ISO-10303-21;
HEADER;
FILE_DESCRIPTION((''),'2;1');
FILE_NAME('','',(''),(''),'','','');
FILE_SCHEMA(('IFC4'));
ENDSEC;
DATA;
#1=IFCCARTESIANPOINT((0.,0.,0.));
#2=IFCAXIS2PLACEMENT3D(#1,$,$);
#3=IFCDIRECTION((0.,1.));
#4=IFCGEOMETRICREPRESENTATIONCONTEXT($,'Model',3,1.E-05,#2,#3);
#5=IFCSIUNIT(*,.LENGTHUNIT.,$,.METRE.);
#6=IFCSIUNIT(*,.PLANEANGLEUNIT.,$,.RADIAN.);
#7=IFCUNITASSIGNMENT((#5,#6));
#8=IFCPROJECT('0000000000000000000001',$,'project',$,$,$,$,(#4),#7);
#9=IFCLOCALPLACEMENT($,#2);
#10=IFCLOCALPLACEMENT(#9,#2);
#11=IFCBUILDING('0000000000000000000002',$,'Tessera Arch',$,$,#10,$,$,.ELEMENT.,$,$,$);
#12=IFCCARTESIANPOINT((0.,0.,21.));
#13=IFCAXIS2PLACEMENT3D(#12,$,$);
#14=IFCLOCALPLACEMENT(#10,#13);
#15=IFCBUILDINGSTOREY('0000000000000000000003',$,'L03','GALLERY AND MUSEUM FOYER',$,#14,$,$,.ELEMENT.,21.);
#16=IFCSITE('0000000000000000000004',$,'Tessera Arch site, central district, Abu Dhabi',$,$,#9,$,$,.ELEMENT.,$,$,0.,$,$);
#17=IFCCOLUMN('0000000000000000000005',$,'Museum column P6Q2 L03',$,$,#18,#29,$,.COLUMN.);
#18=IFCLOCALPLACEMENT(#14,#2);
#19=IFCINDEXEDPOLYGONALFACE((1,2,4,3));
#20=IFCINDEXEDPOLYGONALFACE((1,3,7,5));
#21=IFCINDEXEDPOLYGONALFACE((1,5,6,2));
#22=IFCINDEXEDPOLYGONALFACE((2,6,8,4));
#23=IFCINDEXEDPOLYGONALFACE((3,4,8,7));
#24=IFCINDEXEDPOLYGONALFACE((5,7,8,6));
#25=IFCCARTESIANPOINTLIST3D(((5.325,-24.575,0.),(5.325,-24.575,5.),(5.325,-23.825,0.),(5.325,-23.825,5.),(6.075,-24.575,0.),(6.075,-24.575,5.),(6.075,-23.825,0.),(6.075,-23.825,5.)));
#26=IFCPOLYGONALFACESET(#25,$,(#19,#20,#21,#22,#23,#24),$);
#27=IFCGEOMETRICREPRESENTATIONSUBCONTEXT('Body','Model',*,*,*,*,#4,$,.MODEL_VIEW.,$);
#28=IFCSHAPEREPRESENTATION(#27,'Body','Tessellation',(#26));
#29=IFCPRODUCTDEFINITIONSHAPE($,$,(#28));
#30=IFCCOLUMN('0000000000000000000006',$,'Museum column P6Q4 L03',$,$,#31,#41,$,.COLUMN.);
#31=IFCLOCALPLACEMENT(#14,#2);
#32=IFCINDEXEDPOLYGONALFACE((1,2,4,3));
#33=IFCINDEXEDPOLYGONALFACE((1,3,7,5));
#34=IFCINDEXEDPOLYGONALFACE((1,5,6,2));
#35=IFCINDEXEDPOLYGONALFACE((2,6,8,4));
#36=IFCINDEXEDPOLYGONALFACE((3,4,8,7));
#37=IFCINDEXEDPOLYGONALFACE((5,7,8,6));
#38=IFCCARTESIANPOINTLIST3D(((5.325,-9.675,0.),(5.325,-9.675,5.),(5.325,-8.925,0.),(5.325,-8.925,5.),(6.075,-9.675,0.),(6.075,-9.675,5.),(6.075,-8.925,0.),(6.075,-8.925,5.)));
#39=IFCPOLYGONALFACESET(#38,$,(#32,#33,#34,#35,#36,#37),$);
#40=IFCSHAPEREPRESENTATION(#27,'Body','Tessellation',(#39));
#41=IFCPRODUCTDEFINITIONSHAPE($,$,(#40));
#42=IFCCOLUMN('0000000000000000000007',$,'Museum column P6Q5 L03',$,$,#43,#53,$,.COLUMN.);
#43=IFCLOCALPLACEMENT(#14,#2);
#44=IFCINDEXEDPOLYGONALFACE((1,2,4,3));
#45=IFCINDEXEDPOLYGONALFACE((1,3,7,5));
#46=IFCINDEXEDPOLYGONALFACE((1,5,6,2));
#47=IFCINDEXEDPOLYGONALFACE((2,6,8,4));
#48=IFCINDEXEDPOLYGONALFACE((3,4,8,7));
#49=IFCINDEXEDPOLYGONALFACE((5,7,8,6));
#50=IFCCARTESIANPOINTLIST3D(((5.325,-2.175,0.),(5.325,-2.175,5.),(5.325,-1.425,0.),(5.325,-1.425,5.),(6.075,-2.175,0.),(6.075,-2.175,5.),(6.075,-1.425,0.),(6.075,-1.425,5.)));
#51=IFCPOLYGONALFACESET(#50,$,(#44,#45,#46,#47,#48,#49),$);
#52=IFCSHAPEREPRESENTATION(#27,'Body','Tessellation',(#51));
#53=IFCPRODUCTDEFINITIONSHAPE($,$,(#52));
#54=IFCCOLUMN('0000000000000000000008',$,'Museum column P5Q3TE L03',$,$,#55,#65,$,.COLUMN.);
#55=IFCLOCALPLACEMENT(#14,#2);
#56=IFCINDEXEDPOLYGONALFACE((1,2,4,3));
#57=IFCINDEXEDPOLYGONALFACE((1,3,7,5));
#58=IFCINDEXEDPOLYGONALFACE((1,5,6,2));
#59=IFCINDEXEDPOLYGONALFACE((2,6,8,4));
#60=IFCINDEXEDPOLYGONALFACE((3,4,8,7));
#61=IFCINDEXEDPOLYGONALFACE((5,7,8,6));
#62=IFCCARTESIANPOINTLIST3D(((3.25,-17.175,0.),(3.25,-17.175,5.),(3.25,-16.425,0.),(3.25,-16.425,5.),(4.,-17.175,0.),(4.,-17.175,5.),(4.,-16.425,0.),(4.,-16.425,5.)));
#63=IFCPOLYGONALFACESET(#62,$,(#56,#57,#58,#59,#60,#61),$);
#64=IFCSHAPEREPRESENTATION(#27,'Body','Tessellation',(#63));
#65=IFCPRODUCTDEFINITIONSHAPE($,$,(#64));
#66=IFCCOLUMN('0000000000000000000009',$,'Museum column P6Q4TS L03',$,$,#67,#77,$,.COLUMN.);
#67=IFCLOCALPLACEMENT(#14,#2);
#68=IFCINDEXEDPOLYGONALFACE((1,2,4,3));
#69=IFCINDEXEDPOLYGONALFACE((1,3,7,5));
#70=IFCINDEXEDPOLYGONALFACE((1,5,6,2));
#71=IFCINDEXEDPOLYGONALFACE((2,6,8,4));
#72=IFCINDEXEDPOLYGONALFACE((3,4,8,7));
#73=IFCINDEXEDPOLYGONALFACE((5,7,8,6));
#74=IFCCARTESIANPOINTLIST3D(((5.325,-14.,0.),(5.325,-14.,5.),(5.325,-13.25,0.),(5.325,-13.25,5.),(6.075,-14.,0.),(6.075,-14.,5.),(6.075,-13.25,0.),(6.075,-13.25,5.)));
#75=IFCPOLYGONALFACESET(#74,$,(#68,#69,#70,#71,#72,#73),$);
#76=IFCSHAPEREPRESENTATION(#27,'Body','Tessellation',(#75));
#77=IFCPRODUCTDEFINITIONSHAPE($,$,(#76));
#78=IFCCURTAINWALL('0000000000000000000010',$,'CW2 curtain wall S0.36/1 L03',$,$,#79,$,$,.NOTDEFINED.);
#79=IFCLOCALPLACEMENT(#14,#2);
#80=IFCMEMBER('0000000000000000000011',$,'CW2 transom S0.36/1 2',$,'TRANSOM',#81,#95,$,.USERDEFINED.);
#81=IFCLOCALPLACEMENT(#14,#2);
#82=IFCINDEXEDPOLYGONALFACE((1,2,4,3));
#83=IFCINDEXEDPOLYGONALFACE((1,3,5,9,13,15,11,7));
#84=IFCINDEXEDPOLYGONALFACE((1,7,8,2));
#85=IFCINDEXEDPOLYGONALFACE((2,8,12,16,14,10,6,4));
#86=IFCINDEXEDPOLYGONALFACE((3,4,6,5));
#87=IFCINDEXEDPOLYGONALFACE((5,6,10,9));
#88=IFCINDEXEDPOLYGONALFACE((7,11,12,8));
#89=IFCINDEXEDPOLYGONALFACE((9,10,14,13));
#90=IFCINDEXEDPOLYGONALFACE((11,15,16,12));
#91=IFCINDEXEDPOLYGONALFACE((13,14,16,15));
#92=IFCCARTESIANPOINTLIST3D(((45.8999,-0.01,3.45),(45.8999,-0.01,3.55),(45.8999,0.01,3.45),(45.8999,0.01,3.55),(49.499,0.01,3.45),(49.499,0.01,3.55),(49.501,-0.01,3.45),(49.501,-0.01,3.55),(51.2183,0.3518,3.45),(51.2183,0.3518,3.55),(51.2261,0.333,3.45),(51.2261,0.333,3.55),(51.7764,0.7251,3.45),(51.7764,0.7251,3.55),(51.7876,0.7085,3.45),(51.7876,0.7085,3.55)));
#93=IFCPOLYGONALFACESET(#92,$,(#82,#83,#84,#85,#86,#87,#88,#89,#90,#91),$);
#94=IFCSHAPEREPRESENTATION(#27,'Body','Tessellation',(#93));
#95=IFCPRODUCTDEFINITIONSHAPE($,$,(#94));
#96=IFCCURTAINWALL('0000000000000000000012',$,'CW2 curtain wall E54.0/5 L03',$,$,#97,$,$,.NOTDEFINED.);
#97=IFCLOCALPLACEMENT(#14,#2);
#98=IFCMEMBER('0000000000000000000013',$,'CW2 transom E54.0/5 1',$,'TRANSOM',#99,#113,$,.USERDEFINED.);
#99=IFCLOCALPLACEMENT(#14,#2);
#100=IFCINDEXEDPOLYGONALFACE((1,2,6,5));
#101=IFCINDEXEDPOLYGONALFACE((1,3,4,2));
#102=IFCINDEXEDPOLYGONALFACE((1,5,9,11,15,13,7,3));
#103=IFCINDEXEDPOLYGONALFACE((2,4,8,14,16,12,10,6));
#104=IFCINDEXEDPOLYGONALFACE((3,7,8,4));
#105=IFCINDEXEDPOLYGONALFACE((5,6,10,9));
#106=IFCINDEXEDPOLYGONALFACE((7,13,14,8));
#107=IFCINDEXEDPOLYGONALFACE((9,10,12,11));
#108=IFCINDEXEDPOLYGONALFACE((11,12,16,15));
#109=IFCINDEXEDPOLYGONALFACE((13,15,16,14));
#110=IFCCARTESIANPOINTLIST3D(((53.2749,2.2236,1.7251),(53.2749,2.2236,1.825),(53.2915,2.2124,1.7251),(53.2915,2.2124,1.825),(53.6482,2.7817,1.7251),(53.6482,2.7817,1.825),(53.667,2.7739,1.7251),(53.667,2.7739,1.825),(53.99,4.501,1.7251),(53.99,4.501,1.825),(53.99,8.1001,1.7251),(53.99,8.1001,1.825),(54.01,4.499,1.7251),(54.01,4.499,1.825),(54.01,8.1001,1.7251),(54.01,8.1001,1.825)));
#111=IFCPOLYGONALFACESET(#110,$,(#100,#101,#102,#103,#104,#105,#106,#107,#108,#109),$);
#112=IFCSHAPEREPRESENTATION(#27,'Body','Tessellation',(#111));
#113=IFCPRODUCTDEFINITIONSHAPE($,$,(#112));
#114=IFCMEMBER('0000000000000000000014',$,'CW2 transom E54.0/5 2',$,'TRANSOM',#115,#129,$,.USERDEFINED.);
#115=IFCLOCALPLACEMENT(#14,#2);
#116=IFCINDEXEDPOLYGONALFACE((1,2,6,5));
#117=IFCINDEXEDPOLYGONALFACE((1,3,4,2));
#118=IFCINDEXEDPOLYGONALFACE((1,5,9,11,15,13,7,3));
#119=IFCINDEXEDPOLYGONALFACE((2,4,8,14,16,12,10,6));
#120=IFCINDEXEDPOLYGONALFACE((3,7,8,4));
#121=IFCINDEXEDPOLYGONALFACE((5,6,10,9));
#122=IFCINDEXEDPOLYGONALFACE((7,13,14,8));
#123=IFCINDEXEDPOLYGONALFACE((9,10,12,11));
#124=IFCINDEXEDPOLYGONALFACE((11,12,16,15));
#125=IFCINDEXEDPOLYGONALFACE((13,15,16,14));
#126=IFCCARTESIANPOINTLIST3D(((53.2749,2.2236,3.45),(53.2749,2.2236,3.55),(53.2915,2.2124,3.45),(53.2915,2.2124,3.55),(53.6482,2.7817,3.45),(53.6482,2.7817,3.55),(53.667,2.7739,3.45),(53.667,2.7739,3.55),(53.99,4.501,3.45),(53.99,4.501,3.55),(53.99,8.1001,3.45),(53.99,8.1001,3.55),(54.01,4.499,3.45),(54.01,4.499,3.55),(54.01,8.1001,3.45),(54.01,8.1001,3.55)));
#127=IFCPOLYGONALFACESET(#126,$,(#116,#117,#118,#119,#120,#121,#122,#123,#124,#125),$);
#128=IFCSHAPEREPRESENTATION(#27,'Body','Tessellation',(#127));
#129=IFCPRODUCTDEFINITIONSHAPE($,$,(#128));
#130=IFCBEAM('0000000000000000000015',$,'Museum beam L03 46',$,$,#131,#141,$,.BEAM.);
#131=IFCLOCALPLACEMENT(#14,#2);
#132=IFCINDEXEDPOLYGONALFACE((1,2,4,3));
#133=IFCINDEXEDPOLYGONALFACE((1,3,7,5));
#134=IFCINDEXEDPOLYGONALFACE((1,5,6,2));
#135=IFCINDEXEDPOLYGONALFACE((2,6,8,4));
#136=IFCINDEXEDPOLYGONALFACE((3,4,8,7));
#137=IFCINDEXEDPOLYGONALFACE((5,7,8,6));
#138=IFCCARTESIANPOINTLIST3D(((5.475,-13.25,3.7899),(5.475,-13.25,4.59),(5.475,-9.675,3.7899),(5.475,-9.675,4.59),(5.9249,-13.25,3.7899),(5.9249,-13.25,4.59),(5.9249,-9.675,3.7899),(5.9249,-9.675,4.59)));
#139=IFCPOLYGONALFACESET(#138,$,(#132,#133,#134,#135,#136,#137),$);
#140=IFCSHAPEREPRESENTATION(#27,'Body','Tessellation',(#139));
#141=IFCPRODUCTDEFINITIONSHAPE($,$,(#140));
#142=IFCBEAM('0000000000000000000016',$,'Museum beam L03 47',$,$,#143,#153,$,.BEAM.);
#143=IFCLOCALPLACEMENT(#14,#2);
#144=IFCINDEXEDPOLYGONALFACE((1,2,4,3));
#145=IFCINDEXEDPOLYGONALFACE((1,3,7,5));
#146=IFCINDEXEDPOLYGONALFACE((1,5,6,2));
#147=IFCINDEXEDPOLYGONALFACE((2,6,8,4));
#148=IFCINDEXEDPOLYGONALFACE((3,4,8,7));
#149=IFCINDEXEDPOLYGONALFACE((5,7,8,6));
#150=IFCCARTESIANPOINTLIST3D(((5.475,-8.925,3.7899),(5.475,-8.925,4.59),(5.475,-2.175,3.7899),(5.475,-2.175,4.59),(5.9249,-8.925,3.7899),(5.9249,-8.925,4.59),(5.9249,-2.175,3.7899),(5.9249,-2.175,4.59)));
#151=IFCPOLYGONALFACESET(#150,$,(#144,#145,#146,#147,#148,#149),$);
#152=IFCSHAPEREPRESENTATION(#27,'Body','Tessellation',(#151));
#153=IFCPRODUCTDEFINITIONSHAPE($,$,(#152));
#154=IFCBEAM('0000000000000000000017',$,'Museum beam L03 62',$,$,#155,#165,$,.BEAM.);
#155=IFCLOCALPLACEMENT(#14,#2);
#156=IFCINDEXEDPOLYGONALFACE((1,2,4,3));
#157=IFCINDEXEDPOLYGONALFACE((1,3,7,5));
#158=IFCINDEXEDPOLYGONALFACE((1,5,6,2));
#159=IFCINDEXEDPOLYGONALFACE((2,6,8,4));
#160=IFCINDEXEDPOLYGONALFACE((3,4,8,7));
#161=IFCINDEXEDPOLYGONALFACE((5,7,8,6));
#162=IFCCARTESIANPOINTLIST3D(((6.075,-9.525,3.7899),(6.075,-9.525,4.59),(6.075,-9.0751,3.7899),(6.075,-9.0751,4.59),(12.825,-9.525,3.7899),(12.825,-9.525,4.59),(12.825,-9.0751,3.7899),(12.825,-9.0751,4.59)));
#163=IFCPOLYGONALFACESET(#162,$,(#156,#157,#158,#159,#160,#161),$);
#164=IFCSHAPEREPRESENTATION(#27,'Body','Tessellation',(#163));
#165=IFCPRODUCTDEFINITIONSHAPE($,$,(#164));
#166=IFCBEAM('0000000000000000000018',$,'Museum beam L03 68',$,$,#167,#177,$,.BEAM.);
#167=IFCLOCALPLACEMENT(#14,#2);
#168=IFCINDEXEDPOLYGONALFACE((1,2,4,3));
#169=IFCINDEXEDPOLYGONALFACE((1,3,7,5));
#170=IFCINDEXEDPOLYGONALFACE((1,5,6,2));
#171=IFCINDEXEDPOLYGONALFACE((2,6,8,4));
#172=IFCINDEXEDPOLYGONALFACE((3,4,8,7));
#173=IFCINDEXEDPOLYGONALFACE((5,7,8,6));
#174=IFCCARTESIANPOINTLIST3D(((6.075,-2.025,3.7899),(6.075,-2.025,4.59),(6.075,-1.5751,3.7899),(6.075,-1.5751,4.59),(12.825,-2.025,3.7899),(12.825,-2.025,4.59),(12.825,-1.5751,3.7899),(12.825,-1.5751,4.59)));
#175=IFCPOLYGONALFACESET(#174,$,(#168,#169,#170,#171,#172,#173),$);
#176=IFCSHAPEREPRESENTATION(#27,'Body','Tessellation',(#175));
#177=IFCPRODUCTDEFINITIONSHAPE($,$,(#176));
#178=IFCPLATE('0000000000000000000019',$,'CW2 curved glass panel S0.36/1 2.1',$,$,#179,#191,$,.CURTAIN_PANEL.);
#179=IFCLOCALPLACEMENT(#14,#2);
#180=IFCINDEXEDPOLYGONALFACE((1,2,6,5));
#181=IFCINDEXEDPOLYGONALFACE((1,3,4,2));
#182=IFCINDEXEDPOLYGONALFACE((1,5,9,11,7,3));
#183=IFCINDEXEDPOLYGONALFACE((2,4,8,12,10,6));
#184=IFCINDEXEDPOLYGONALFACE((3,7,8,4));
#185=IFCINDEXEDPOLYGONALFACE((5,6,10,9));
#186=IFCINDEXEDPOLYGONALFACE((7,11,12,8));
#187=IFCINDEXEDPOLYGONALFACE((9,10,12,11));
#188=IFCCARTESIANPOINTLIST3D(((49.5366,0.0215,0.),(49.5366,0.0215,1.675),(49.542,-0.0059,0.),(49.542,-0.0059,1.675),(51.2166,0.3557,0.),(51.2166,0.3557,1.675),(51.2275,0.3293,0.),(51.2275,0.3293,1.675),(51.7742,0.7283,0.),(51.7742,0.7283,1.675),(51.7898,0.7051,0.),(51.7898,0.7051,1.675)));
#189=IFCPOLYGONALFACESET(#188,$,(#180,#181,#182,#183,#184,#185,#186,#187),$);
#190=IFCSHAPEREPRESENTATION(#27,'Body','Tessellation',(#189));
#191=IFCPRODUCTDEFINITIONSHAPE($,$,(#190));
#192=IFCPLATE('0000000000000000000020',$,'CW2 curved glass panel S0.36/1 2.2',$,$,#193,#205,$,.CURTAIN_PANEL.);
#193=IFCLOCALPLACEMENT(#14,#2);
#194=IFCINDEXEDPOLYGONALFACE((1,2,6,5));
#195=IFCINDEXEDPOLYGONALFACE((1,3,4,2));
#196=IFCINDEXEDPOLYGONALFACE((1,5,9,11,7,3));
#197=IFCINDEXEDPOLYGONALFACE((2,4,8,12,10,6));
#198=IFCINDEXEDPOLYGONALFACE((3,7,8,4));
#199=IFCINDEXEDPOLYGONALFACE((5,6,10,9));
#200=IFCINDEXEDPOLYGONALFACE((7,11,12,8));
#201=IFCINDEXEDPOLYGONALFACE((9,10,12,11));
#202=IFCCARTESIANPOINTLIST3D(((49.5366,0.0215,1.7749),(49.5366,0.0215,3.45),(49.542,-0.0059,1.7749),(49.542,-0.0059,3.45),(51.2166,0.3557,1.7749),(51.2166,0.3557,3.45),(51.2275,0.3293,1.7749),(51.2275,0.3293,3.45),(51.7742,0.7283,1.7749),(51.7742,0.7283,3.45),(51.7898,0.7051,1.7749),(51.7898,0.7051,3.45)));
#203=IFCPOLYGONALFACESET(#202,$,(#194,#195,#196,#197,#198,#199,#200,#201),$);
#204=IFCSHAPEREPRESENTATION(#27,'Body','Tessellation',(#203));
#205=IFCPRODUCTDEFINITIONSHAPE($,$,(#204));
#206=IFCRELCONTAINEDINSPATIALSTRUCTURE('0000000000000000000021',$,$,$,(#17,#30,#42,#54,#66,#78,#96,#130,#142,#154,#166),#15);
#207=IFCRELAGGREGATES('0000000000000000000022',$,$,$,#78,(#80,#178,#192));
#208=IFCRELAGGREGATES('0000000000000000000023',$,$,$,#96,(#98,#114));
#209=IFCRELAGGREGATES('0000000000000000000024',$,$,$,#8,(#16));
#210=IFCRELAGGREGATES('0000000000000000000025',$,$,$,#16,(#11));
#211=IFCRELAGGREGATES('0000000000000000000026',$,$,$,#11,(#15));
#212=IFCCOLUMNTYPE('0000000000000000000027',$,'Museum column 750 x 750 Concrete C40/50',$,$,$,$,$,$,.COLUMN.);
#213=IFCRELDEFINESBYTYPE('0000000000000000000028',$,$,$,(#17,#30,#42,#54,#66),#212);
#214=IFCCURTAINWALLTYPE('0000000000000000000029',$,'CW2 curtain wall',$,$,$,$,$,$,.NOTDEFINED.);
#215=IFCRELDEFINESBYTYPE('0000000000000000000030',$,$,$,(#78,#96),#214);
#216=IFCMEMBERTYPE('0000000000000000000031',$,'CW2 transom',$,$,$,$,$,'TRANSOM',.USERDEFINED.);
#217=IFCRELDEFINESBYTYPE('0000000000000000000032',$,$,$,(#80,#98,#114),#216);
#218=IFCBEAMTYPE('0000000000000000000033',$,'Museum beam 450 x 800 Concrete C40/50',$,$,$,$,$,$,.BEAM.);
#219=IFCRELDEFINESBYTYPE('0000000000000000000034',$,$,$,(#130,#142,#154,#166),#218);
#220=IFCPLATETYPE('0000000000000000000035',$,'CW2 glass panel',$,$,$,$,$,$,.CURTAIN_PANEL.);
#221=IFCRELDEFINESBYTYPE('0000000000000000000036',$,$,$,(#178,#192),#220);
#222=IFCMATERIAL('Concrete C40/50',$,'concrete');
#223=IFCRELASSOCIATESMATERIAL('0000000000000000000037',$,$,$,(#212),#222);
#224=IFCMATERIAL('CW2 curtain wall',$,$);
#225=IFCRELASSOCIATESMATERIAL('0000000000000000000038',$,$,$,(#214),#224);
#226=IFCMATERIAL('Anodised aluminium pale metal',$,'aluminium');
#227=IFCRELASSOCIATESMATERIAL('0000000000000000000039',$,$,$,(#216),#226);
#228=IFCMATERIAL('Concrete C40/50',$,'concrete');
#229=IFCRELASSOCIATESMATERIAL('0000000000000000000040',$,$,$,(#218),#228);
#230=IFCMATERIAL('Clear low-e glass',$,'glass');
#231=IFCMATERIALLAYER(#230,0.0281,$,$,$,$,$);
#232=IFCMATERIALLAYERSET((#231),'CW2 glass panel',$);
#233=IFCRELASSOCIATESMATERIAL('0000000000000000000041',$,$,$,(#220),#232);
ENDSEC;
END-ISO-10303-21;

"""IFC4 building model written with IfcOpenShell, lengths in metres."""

from ifc_helpers import new_model, si_unit, direction, frame, origin, origin_2d, place, context, subcontext, project, spatial, polyline, rectangle, outline, extrude, material, layer, layer_set, material_profile, profile_set, type_object, element, aggregate, save


model = new_model("IFC4")

# Units and contexts
model_context = context("Model", 3, precision=1e-05, world=origin(), true_north=direction((0.0, 1.0)))
body_context = subcontext(model_context, "Body", "Model", "MODEL_VIEW")
ifc_project = project(units=[si_unit("LENGTHUNIT", "METRE"), si_unit("PLANEANGLEUNIT", "RADIAN")], contexts=[model_context])

# Site, building, storey
site_placement = place(None, origin())
site = spatial("IfcSite", under=ifc_project, at=site_placement, Name="Tessera Arch site, central district, Abu Dhabi", CompositionType="ELEMENT", RefElevation=0.0)
building_placement = place(site_placement, origin())
building = spatial("IfcBuilding", under=site, at=building_placement, Name="Tessera Arch", CompositionType="ELEMENT")
storey_placement = place(building_placement, frame((0.0, 0.0, 21.0)))
storey = spatial("IfcBuildingStorey", under=building, at=storey_placement, Name="L03", Description="GALLERY AND MUSEUM FOYER", CompositionType="ELEMENT", Elevation=21.0)

# Columns
ifc_material_1 = material(Name="Concrete C40/50", Category="concrete")
ifc_material_profile_1 = material_profile(ifc_material_1, rectangle(XDim=0.75, YDim=0.75, at=origin_2d()), Name="Museum column 750 x 750 Concrete C40/50")
ifc_profile_set_1 = profile_set([ifc_material_profile_1], Name="Concrete C40/50")
column_type = type_object("IfcColumnType", Name="Museum column 750 x 750 Concrete C40/50", PredefinedType="COLUMN", material=ifc_profile_set_1)
for number, where, z_axis, x_axis, name in (
    (1, (5.7, -24.2, 0.0), (0.0, 0.0, 1.0), (1.0, 0.0, 0.0), "Museum column P6Q2 L03"),
    (2, (5.7, -9.3, 0.0), (0.0, 0.0, 1.0), (1.0, 0.0, 0.0), "Museum column P6Q4 L03"),
    (3, (5.7, -1.8, 0.0), (0.0, 0.0, 1.0), (1.0, 0.0, 0.0), "Museum column P6Q5 L03"),
    (4, (3.625, -16.8, 0.0), (0.0, 0.0, 1.0), (1.0, 0.0, 0.0), "Museum column P5Q3TE L03"),
    (5, (5.7, -13.625, 0.0), (0.0, 0.0, 1.0), (1.0, 0.0, 0.0), "Museum column P6Q4TS L03"),
):
    element("IfcColumn", number, at=place(storey_placement, frame(where, z_axis=z_axis, x_axis=x_axis)), inside=storey, type_object=column_type, Name=name, PredefinedType="COLUMN", context=body_context, shape_type="SweptSolid", body=[
        extrude(rectangle(XDim=0.75, YDim=0.75, at=origin_2d()), origin(), (0.0, 0.0, 1.0), 5.0),
    ])

# Curtain wall, member
ifc_material_2 = material(Name="CW2 curtain wall")
curtain_wall_type = type_object("IfcCurtainWallType", Name="CW2 curtain wall", PredefinedType="NOTDEFINED", material=ifc_material_2)
curtain_wall_1_placement = place(storey_placement, origin())
curtain_wall_1 = element("IfcCurtainWall", 6, at=curtain_wall_1_placement, inside=storey, type_object=curtain_wall_type, Name="CW2 curtain wall S0.36/1 L03", PredefinedType="NOTDEFINED")
ifc_material_3 = material(Name="Anodised aluminium pale metal", Category="aluminium")
ifc_material_profile_2 = material_profile(ifc_material_3, rectangle(XDim=0.2, YDim=0.1001, at=origin_2d()), Name="AL 200x100")
ifc_profile_set_2 = profile_set([ifc_material_profile_2], Name="Anodised aluminium pale metal")
member_type = type_object("IfcMemberType", Name="CW2 transom", ElementType="TRANSOM", PredefinedType="USERDEFINED", material=ifc_profile_set_2)
member_1_placement = place(storey_placement, frame((0.0, 0.0, 3.45)))
member_1 = element("IfcMember", 7, at=member_1_placement, type_object=member_type, Name="CW2 transom S0.36/1 2", ObjectType="TRANSOM", PredefinedType="USERDEFINED", context=body_context, shape_type="SweptSolid", body=[
    extrude(outline(polyline([(49.499, 0.01), (45.8999, 0.01), (45.8999, -0.01), (49.501, -0.01), (51.2261, 0.333), (51.7876, 0.7085), (51.7764, 0.7251), (51.2183, 0.3518), (49.499, 0.01)])), origin(), (0.0, 0.0, 1.0), 0.1001),
])

# Curtain wall, members
curtain_wall_2_placement = place(storey_placement, origin())
curtain_wall_2 = element("IfcCurtainWall", 8, at=curtain_wall_2_placement, inside=storey, type_object=curtain_wall_type, Name="CW2 curtain wall E54.0/5 L03", PredefinedType="NOTDEFINED")
member_2_placement = place(storey_placement, frame((0.0, 0.0, 1.7251)))
member_2 = element("IfcMember", 9, at=member_2_placement, type_object=member_type, Name="CW2 transom E54.0/5 1", ObjectType="TRANSOM", PredefinedType="USERDEFINED", context=body_context, shape_type="SweptSolid", body=[
    extrude(outline(polyline([(53.6482, 2.7817), (53.2749, 2.2236), (53.2915, 2.2124), (53.667, 2.7739), (54.01, 4.499), (54.01, 8.1001), (53.99, 8.1001), (53.99, 4.501), (53.6482, 2.7817)])), origin(), (0.0, 0.0, 1.0), 0.0999),
])
member_3_placement = place(storey_placement, frame((0.0, 0.0, 3.45)))
member_3 = element("IfcMember", 10, at=member_3_placement, type_object=member_type, Name="CW2 transom E54.0/5 2", ObjectType="TRANSOM", PredefinedType="USERDEFINED", context=body_context, shape_type="SweptSolid", body=[
    extrude(outline(polyline([(53.6482, 2.7817), (53.2749, 2.2236), (53.2915, 2.2124), (53.667, 2.7739), (54.01, 4.499), (54.01, 8.1001), (53.99, 8.1001), (53.99, 4.501), (53.6482, 2.7817)])), origin(), (0.0, 0.0, 1.0), 0.1001),
])

# Beams
ifc_material_4 = material(Name="Concrete C40/50", Category="concrete")
ifc_material_profile_3 = material_profile(ifc_material_4, rectangle(XDim=0.45, YDim=0.8, at=origin_2d()), Name="Museum beam 450 x 800 Concrete C40/50")
ifc_profile_set_3 = profile_set([ifc_material_profile_3], Name="Concrete C40/50")
beam_type = type_object("IfcBeamType", Name="Museum beam 450 x 800 Concrete C40/50", PredefinedType="BEAM", material=ifc_profile_set_3)
beam_placement = place(storey_placement, frame((5.7, -13.25, 4.1899), z_axis=(0.0, 1.0, 0.0), x_axis=(-1.0, 0.0, 0.0)))
element("IfcBeam", 11, at=beam_placement, inside=storey, type_object=beam_type, Name="Museum beam L03 46", PredefinedType="BEAM", context=body_context, shape_type="SweptSolid", body=[
    extrude(rectangle(XDim=0.45, YDim=0.8, at=origin_2d()), origin(), (0.0, 0.0, 1.0), 3.575),
])
for number, where, z_axis, x_axis, name in (
    (12, (5.7, -8.925, 4.1899), (0.0, 1.0, 0.0), (-1.0, 0.0, 0.0), "Museum beam L03 47"),
    (13, (6.075, -9.3, 4.1899), (1.0, 0.0, 0.0), (0.0, 1.0, 0.0), "Museum beam L03 62"),
    (14, (6.075, -1.8, 4.1899), (1.0, 0.0, 0.0), (0.0, 1.0, 0.0), "Museum beam L03 68"),
):
    element("IfcBeam", number, at=place(storey_placement, frame(where, z_axis=z_axis, x_axis=x_axis)), inside=storey, type_object=beam_type, Name=name, PredefinedType="BEAM", context=body_context, shape_type="SweptSolid", body=[
        extrude(rectangle(XDim=0.45, YDim=0.8, at=origin_2d()), origin(), (0.0, 0.0, 1.0), 6.75),
    ])

# Plates
ifc_material_5 = material(Name="Clear low-e glass", Category="glass")
ifc_layer_1 = layer(ifc_material_5, 0.0281)
ifc_layer_set_1 = layer_set([ifc_layer_1], Name="CW2 glass panel")
plate_type_1 = type_object("IfcPlateType", Name="CW2 glass panel", PredefinedType="CURTAIN_PANEL", material=ifc_layer_set_1)
plate_1_placement = place(storey_placement, origin())
plate_1 = element("IfcPlate", 15, at=plate_1_placement, type_object=plate_type_1, Name="CW2 curved glass panel S0.36/1 2.1", PredefinedType="CURTAIN_PANEL", context=body_context, shape_type="SweptSolid", body=[
    extrude(outline(polyline([(51.2166, 0.3557), (49.5366, 0.0215), (49.542, -0.0059), (51.2275, 0.3293), (51.7898, 0.7051), (51.7742, 0.7283), (51.2166, 0.3557)])), origin(), (0.0, 0.0, 1.0), 1.675),
])
plate_2_placement = place(storey_placement, frame((0.0, 0.0, 1.7749)))
plate_2 = element("IfcPlate", 16, at=plate_2_placement, type_object=plate_type_1, Name="CW2 curved glass panel S0.36/1 2.2", PredefinedType="CURTAIN_PANEL", context=body_context, shape_type="SweptSolid", body=[
    extrude(outline(polyline([(51.2166, 0.3557), (49.5366, 0.0215), (49.542, -0.0059), (51.2275, 0.3293), (51.7898, 0.7051), (51.7742, 0.7283), (51.2166, 0.3557)])), origin(), (0.0, 0.0, 1.0), 1.675),
])
aggregate(curtain_wall_1, [member_1, plate_1, plate_2])
aggregate(curtain_wall_2, [member_2, member_3])

save(model, "model.ifc")
